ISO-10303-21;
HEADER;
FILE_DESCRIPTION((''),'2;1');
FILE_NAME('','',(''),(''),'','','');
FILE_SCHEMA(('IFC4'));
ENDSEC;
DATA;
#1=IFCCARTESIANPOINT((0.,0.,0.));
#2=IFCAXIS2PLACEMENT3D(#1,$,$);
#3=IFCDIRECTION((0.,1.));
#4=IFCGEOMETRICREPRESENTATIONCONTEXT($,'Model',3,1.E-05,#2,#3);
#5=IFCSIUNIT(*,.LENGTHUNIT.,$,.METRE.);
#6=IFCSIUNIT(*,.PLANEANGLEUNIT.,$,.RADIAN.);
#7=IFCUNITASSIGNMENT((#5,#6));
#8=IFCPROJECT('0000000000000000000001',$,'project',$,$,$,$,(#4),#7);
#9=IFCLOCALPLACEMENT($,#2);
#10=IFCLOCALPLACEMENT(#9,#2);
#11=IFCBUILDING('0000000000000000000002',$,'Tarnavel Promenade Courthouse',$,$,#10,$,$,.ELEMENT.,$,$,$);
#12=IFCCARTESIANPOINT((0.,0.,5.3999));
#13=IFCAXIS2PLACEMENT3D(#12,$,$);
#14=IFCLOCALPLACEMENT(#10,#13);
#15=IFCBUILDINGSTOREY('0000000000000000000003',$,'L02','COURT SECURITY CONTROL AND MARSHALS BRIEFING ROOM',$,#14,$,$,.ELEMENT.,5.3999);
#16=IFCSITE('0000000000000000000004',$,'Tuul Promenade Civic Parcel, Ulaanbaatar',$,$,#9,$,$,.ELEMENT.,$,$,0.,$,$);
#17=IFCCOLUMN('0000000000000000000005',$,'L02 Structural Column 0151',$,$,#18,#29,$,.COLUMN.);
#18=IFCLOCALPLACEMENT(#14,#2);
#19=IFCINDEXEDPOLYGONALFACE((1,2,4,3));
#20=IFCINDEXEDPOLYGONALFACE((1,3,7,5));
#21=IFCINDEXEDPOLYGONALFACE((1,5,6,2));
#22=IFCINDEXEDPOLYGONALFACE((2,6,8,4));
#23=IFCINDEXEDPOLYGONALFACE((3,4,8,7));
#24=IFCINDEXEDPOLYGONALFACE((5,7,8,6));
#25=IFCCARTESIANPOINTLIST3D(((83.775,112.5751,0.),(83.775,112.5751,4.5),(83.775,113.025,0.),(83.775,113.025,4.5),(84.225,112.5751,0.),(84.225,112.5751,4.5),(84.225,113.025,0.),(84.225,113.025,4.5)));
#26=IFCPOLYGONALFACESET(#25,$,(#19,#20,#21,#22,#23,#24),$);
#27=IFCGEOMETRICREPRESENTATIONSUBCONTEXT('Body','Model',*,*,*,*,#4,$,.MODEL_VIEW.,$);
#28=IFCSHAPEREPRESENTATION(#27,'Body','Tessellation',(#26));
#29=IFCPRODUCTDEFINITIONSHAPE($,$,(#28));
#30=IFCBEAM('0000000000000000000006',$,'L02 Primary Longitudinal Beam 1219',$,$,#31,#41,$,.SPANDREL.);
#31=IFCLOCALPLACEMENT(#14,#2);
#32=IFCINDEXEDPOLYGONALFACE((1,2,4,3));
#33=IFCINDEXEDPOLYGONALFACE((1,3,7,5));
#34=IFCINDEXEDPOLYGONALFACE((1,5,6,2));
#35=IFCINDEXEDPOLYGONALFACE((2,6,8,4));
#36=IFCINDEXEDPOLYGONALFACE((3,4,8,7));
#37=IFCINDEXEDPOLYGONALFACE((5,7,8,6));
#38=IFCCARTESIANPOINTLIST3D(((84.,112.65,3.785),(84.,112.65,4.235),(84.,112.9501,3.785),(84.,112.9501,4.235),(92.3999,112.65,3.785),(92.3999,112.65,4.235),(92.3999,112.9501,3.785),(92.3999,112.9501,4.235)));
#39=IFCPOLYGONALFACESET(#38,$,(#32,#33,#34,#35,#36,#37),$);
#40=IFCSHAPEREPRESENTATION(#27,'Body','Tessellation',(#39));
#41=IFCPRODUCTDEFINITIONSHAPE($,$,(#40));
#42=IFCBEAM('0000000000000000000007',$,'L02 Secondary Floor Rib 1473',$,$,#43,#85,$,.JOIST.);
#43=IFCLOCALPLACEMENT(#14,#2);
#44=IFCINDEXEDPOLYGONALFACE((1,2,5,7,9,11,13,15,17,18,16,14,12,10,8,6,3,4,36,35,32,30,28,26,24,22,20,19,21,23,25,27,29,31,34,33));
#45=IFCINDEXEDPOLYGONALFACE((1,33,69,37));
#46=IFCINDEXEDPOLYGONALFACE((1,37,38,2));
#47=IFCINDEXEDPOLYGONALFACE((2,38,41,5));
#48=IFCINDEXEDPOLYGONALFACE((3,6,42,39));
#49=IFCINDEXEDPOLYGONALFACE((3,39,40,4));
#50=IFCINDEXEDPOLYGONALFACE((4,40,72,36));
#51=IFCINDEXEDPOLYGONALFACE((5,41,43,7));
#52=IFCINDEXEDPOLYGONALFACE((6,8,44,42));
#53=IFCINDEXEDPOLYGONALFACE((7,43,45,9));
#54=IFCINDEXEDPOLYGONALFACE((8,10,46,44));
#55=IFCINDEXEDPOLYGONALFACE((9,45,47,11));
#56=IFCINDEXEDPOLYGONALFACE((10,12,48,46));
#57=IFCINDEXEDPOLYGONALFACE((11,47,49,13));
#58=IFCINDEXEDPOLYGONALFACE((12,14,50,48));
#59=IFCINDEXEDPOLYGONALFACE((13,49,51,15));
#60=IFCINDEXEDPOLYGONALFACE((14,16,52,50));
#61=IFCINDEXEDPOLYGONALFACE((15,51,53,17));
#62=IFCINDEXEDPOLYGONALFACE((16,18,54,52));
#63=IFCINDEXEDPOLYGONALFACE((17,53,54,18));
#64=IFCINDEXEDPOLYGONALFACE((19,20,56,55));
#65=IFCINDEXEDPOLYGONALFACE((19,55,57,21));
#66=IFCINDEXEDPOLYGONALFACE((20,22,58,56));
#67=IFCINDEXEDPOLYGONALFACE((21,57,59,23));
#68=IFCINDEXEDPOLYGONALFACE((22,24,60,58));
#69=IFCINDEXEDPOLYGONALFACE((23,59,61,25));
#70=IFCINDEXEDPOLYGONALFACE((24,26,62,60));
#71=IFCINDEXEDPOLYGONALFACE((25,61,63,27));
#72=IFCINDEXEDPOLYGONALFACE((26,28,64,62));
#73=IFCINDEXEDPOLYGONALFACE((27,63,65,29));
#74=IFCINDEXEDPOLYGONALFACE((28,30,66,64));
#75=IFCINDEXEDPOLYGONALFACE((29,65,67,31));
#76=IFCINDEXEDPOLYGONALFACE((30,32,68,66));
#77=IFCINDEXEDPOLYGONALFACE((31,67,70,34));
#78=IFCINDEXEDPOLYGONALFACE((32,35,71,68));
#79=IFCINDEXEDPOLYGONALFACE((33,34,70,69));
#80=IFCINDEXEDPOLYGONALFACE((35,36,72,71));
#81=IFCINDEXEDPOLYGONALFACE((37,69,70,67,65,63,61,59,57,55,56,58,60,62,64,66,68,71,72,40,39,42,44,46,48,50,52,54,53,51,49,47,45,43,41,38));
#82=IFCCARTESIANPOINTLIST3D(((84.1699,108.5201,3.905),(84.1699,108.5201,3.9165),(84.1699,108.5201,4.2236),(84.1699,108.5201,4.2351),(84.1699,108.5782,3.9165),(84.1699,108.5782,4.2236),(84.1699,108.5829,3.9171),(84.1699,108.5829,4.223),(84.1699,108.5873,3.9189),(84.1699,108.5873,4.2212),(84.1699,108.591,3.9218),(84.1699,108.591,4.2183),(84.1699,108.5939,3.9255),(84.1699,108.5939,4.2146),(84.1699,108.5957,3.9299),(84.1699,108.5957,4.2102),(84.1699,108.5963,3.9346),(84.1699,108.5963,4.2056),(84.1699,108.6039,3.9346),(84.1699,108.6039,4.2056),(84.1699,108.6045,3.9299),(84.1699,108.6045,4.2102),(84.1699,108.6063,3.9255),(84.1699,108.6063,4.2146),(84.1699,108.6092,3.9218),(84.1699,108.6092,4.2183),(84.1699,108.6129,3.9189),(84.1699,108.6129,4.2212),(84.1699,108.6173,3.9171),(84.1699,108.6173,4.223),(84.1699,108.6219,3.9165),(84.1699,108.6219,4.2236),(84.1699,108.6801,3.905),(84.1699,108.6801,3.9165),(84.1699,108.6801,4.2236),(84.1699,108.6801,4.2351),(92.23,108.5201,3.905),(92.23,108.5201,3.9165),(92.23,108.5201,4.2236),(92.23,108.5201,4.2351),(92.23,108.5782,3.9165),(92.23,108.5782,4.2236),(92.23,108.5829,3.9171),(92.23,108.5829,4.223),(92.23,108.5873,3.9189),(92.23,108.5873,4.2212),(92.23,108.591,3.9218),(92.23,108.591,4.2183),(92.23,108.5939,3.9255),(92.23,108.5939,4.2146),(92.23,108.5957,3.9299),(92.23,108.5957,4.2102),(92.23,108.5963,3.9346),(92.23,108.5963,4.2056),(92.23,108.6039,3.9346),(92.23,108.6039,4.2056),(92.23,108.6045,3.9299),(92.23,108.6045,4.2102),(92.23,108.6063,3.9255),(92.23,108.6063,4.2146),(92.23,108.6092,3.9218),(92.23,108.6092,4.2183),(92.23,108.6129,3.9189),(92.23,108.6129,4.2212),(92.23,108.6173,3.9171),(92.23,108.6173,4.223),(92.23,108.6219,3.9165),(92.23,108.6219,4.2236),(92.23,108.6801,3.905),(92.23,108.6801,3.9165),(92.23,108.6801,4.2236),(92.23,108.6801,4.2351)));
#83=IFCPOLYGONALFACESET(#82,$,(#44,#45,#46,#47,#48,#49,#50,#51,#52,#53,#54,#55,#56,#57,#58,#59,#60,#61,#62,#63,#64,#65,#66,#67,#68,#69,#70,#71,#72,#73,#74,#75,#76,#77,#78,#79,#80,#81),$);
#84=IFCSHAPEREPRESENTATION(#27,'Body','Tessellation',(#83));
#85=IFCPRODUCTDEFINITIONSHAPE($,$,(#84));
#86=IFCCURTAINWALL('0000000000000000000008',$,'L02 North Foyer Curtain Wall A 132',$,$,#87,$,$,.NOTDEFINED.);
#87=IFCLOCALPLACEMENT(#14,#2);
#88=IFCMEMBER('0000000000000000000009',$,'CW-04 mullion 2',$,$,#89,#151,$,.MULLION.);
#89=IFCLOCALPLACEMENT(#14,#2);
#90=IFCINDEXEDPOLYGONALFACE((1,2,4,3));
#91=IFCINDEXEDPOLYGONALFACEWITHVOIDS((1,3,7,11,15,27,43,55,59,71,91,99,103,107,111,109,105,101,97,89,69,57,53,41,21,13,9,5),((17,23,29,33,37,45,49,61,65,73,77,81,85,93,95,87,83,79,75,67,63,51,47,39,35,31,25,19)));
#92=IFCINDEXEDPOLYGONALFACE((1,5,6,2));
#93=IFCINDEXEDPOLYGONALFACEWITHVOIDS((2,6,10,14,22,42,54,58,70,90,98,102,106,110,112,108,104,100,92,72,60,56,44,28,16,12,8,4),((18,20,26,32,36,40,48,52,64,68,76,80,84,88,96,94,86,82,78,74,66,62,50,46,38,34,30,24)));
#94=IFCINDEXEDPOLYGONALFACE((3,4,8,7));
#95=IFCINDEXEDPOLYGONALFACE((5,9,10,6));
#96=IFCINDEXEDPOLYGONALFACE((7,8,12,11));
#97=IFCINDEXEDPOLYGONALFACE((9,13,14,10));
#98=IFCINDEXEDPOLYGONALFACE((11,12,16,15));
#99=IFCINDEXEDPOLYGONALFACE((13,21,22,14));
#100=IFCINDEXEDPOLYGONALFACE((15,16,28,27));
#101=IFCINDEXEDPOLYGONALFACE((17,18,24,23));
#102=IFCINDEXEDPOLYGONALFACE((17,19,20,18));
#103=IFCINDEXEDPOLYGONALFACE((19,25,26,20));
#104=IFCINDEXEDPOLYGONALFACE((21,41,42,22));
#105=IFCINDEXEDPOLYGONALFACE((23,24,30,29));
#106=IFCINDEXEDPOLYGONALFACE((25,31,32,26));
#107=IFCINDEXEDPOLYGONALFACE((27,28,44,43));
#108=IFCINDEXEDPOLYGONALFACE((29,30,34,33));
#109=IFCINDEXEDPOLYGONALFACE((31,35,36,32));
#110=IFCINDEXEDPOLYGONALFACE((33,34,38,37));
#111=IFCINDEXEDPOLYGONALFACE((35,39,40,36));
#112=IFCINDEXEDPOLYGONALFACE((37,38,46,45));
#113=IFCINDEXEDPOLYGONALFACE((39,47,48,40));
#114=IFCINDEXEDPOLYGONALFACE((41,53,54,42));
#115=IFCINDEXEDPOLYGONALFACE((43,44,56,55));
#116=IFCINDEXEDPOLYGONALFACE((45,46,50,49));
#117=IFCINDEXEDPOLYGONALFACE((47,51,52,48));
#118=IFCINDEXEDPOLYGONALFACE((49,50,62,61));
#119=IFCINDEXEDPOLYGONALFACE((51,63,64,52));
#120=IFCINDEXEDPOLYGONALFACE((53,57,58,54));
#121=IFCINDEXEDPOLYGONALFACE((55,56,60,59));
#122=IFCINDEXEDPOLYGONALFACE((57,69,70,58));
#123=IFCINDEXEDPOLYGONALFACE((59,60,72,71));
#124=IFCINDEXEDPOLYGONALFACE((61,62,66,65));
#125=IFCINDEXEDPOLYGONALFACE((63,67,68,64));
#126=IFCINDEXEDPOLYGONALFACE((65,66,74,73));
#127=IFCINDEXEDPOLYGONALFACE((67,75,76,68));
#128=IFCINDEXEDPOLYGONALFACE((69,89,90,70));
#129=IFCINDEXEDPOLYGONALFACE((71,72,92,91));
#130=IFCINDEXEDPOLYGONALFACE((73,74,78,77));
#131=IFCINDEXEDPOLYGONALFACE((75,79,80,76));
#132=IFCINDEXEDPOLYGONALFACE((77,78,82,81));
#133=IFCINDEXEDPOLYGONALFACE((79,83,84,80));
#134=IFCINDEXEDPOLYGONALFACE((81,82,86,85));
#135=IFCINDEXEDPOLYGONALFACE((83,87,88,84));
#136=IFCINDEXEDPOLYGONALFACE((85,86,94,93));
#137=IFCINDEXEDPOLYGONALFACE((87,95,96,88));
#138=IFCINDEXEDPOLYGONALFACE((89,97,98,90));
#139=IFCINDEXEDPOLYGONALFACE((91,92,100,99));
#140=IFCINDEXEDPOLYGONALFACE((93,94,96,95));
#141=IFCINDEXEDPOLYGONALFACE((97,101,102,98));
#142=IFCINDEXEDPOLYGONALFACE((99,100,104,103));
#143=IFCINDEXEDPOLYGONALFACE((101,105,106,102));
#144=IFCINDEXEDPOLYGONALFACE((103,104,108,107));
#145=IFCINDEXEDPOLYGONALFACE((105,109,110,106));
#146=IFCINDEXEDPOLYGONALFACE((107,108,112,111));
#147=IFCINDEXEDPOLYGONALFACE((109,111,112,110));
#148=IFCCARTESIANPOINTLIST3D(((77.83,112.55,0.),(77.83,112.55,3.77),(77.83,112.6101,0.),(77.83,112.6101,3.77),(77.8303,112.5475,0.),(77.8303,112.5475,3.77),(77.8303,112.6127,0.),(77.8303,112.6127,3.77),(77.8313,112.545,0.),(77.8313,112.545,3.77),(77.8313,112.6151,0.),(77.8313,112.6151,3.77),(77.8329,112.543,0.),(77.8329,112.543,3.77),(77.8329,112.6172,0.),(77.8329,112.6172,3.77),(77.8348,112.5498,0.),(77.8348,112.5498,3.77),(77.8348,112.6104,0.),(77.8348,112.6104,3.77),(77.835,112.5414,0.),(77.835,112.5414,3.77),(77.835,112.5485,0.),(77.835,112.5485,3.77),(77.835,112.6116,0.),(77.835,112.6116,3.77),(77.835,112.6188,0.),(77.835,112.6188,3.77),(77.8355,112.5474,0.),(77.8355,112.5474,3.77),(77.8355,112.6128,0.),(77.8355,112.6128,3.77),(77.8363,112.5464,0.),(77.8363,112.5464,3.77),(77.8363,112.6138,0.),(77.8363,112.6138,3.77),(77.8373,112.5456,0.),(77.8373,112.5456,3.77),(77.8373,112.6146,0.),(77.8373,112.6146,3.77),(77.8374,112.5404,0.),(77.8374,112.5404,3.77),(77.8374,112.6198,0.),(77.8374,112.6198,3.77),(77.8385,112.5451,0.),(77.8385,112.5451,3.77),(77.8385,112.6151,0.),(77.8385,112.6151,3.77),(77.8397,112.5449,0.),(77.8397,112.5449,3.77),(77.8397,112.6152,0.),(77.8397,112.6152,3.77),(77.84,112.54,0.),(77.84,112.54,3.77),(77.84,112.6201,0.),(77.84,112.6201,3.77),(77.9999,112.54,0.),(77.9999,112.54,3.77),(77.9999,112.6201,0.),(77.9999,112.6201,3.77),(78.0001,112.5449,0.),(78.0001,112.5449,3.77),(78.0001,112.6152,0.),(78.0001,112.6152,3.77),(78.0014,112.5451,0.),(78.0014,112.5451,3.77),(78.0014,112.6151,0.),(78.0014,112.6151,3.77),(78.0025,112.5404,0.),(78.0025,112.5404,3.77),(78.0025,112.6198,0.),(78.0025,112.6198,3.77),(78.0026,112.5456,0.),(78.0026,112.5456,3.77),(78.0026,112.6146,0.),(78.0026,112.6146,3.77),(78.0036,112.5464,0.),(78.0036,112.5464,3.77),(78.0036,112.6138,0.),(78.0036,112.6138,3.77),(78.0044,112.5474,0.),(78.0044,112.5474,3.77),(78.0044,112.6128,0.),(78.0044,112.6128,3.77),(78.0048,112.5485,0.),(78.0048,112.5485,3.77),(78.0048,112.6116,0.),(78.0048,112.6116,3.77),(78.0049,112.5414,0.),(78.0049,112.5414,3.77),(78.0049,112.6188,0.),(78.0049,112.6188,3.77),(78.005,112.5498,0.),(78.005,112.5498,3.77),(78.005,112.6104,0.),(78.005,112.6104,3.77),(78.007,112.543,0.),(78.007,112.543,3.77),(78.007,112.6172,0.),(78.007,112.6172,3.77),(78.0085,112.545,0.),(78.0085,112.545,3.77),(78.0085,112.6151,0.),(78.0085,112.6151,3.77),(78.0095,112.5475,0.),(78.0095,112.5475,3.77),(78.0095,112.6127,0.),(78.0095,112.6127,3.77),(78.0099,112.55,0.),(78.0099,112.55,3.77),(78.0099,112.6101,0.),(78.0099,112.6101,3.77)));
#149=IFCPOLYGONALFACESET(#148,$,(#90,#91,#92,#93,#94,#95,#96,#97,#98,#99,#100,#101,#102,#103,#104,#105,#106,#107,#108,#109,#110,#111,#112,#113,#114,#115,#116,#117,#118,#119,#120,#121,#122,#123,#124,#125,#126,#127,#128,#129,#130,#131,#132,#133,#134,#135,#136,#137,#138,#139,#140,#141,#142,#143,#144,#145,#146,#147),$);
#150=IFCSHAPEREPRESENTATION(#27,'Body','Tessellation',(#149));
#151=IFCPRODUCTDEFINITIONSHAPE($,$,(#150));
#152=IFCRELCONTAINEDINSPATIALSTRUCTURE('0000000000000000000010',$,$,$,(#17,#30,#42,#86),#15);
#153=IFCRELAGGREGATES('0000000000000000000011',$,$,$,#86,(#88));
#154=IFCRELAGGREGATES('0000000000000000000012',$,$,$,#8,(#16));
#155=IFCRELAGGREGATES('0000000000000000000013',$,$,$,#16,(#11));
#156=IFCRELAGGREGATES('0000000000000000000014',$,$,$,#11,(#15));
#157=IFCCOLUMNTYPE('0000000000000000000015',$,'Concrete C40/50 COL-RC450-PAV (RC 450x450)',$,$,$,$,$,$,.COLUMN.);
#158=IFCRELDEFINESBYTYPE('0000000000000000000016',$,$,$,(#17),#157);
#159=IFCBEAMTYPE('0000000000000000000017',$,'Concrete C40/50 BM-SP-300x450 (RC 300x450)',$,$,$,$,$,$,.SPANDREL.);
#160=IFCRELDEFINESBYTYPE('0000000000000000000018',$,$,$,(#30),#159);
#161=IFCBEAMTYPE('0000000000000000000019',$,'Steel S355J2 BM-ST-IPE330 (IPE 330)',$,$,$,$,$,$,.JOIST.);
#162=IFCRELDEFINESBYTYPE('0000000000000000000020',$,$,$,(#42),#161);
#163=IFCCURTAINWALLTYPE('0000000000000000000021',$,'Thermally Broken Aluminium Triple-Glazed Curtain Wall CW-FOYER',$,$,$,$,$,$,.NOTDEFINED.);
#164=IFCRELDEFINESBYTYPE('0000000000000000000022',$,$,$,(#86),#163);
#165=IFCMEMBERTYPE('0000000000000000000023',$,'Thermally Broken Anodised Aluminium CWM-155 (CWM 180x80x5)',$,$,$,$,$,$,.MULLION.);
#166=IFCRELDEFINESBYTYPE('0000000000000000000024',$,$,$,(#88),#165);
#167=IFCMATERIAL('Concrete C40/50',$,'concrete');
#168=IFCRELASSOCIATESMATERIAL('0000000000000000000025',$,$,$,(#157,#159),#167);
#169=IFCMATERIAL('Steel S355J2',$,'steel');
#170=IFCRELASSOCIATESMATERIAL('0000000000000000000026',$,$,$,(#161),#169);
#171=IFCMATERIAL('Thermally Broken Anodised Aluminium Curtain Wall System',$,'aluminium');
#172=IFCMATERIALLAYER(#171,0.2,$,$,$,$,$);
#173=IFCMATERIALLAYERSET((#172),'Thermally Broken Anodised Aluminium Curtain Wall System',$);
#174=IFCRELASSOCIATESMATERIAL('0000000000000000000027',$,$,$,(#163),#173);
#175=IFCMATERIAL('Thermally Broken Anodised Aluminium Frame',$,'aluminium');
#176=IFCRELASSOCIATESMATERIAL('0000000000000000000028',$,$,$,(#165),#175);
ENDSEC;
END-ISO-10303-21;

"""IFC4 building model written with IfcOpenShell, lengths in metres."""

from ifc_helpers import new_model, si_unit, direction, frame, origin, origin_2d, place, context, subcontext, project, spatial, rectangle, hollow_rectangle, i_section, extrude, material, layer, layer_set, material_profile, profile_set, type_object, element, aggregate, save


model = new_model("IFC4")

# Units and contexts
model_context = context("Model", 3, precision=1e-05, world=origin(), true_north=direction((0.0, 1.0)))
body_context = subcontext(model_context, "Body", "Model", "MODEL_VIEW")
ifc_project = project(units=[si_unit("LENGTHUNIT", "METRE"), si_unit("PLANEANGLEUNIT", "RADIAN")], contexts=[model_context])

# Site, building, storey
site_placement = place(None, origin())
site = spatial("IfcSite", under=ifc_project, at=site_placement, Name="Tuul Promenade Civic Parcel, Ulaanbaatar", CompositionType="ELEMENT", RefElevation=0.0)
building_placement = place(site_placement, origin())
building = spatial("IfcBuilding", under=site, at=building_placement, Name="Tarnavel Promenade Courthouse", CompositionType="ELEMENT")
storey_placement = place(building_placement, frame((0.0, 0.0, 5.3999)))
storey = spatial("IfcBuildingStorey", under=building, at=storey_placement, Name="L02", Description="COURT SECURITY CONTROL AND MARSHALS BRIEFING ROOM", CompositionType="ELEMENT", Elevation=5.3999)

# Column
ifc_material_1 = material(Name="Concrete C40/50", Category="concrete")
ifc_material_profile_1 = material_profile(ifc_material_1, rectangle(XDim=0.45, YDim=0.45, at=origin_2d()), Name="RC 450x450")
ifc_profile_set_1 = profile_set([ifc_material_profile_1], Name="Concrete C40/50")
column_type = type_object("IfcColumnType", Name="Concrete C40/50 COL-RC450-PAV (RC 450x450)", PredefinedType="COLUMN", material=ifc_profile_set_1)
column_placement = place(storey_placement, frame((84.0, 112.8, 0.0), z_axis=(0.0, 0.0, 1.0), x_axis=(1.0, 0.0, 0.0)))
element("IfcColumn", 1, at=column_placement, inside=storey, type_object=column_type, Name="L02 Structural Column 0151", PredefinedType="COLUMN", context=body_context, shape_type="SweptSolid", body=[
    extrude(rectangle(XDim=0.45, YDim=0.45, at=origin_2d()), origin(), (0.0, 0.0, 1.0), 4.5),
])

# Beams
ifc_material_profile_2 = material_profile(ifc_material_1, rectangle(XDim=0.3, YDim=0.45, at=origin_2d()), Name="RC 300x450")
ifc_profile_set_2 = profile_set([ifc_material_profile_2], Name="Concrete C40/50")
beam_type_1 = type_object("IfcBeamType", Name="Concrete C40/50 BM-SP-300x450 (RC 300x450)", PredefinedType="SPANDREL", material=ifc_profile_set_2)
beam_1_placement = place(storey_placement, frame((84.0, 112.8, 4.01), z_axis=(1.0, 0.0, 0.0), x_axis=(0.0, 1.0, 0.0)))
element("IfcBeam", 2, at=beam_1_placement, inside=storey, type_object=beam_type_1, Name="L02 Primary Longitudinal Beam 1219", PredefinedType="SPANDREL", context=body_context, shape_type="SweptSolid", body=[
    extrude(rectangle(XDim=0.3, YDim=0.45, at=origin_2d()), origin(), (0.0, 0.0, 1.0), 8.3999),
])
ifc_material_2 = material(Name="Steel S355J2", Category="steel")
ifc_material_profile_3 = material_profile(ifc_material_2, i_section(OverallWidth=0.1599, OverallDepth=0.3301, WebThickness=0.0076, FlangeThickness=0.0115, FilletRadius=0.0181, at=origin_2d()), Name="IPE 330")
ifc_profile_set_3 = profile_set([ifc_material_profile_3], Name="Steel S355J2")
beam_type_2 = type_object("IfcBeamType", Name="Steel S355J2 BM-ST-IPE330 (IPE 330)", PredefinedType="JOIST", material=ifc_profile_set_3)
beam_2_placement = place(storey_placement, frame((84.1699, 108.6001, 4.0701), z_axis=(1.0, 0.0, 0.0), x_axis=(0.0, 1.0, 0.0)))
element("IfcBeam", 3, at=beam_2_placement, inside=storey, type_object=beam_type_2, Name="L02 Secondary Floor Rib 1473", PredefinedType="JOIST", context=body_context, shape_type="SweptSolid", body=[
    extrude(i_section(OverallWidth=0.1599, OverallDepth=0.3301, WebThickness=0.0076, FlangeThickness=0.0115, FilletRadius=0.0181, at=origin_2d()), origin(), (0.0, 0.0, 1.0), 8.0601),
])

# Curtain wall, member
ifc_material_3 = material(Name="Thermally Broken Anodised Aluminium Curtain Wall System", Category="aluminium")
ifc_layer_1 = layer(ifc_material_3, 0.2)
ifc_layer_set_1 = layer_set([ifc_layer_1], Name="Thermally Broken Anodised Aluminium Curtain Wall System")
curtain_wall_type = type_object("IfcCurtainWallType", Name="Thermally Broken Aluminium Triple-Glazed Curtain Wall CW-FOYER", PredefinedType="NOTDEFINED", material=ifc_layer_set_1)
curtain_wall_1_placement = place(storey_placement, origin())
curtain_wall_1 = element("IfcCurtainWall", 4, at=curtain_wall_1_placement, inside=storey, type_object=curtain_wall_type, Name="L02 North Foyer Curtain Wall A 132", PredefinedType="NOTDEFINED")
ifc_material_4 = material(Name="Thermally Broken Anodised Aluminium Frame", Category="aluminium")
ifc_material_profile_4 = material_profile(ifc_material_4, hollow_rectangle(XDim=0.0801, YDim=0.1799, WallThickness=0.0049, InnerFilletRadius=0.0049, OuterFilletRadius=0.01, at=origin_2d()), Name="CWM 180x80x5")
ifc_profile_set_4 = profile_set([ifc_material_profile_4], Name="Thermally Broken Anodised Aluminium Frame")
member_type_1 = type_object("IfcMemberType", Name="Thermally Broken Anodised Aluminium CWM-155 (CWM 180x80x5)", PredefinedType="MULLION", material=ifc_profile_set_4)
member_1_placement = place(storey_placement, frame((77.9199, 112.5801, 0.0), z_axis=(0.0, 0.0, 1.0), x_axis=(0.0, 1.0, 0.0)))
member_1 = element("IfcMember", 5, at=member_1_placement, type_object=member_type_1, Name="CW-04 mullion 2", PredefinedType="MULLION", context=body_context, shape_type="SweptSolid", body=[
    extrude(hollow_rectangle(XDim=0.0801, YDim=0.1799, WallThickness=0.0049, InnerFilletRadius=0.0049, OuterFilletRadius=0.01, at=origin_2d()), origin(), (0.0, 0.0, 1.0), 3.77),
])

aggregate(curtain_wall_1, [member_1])

save(model, "model.ifc")
